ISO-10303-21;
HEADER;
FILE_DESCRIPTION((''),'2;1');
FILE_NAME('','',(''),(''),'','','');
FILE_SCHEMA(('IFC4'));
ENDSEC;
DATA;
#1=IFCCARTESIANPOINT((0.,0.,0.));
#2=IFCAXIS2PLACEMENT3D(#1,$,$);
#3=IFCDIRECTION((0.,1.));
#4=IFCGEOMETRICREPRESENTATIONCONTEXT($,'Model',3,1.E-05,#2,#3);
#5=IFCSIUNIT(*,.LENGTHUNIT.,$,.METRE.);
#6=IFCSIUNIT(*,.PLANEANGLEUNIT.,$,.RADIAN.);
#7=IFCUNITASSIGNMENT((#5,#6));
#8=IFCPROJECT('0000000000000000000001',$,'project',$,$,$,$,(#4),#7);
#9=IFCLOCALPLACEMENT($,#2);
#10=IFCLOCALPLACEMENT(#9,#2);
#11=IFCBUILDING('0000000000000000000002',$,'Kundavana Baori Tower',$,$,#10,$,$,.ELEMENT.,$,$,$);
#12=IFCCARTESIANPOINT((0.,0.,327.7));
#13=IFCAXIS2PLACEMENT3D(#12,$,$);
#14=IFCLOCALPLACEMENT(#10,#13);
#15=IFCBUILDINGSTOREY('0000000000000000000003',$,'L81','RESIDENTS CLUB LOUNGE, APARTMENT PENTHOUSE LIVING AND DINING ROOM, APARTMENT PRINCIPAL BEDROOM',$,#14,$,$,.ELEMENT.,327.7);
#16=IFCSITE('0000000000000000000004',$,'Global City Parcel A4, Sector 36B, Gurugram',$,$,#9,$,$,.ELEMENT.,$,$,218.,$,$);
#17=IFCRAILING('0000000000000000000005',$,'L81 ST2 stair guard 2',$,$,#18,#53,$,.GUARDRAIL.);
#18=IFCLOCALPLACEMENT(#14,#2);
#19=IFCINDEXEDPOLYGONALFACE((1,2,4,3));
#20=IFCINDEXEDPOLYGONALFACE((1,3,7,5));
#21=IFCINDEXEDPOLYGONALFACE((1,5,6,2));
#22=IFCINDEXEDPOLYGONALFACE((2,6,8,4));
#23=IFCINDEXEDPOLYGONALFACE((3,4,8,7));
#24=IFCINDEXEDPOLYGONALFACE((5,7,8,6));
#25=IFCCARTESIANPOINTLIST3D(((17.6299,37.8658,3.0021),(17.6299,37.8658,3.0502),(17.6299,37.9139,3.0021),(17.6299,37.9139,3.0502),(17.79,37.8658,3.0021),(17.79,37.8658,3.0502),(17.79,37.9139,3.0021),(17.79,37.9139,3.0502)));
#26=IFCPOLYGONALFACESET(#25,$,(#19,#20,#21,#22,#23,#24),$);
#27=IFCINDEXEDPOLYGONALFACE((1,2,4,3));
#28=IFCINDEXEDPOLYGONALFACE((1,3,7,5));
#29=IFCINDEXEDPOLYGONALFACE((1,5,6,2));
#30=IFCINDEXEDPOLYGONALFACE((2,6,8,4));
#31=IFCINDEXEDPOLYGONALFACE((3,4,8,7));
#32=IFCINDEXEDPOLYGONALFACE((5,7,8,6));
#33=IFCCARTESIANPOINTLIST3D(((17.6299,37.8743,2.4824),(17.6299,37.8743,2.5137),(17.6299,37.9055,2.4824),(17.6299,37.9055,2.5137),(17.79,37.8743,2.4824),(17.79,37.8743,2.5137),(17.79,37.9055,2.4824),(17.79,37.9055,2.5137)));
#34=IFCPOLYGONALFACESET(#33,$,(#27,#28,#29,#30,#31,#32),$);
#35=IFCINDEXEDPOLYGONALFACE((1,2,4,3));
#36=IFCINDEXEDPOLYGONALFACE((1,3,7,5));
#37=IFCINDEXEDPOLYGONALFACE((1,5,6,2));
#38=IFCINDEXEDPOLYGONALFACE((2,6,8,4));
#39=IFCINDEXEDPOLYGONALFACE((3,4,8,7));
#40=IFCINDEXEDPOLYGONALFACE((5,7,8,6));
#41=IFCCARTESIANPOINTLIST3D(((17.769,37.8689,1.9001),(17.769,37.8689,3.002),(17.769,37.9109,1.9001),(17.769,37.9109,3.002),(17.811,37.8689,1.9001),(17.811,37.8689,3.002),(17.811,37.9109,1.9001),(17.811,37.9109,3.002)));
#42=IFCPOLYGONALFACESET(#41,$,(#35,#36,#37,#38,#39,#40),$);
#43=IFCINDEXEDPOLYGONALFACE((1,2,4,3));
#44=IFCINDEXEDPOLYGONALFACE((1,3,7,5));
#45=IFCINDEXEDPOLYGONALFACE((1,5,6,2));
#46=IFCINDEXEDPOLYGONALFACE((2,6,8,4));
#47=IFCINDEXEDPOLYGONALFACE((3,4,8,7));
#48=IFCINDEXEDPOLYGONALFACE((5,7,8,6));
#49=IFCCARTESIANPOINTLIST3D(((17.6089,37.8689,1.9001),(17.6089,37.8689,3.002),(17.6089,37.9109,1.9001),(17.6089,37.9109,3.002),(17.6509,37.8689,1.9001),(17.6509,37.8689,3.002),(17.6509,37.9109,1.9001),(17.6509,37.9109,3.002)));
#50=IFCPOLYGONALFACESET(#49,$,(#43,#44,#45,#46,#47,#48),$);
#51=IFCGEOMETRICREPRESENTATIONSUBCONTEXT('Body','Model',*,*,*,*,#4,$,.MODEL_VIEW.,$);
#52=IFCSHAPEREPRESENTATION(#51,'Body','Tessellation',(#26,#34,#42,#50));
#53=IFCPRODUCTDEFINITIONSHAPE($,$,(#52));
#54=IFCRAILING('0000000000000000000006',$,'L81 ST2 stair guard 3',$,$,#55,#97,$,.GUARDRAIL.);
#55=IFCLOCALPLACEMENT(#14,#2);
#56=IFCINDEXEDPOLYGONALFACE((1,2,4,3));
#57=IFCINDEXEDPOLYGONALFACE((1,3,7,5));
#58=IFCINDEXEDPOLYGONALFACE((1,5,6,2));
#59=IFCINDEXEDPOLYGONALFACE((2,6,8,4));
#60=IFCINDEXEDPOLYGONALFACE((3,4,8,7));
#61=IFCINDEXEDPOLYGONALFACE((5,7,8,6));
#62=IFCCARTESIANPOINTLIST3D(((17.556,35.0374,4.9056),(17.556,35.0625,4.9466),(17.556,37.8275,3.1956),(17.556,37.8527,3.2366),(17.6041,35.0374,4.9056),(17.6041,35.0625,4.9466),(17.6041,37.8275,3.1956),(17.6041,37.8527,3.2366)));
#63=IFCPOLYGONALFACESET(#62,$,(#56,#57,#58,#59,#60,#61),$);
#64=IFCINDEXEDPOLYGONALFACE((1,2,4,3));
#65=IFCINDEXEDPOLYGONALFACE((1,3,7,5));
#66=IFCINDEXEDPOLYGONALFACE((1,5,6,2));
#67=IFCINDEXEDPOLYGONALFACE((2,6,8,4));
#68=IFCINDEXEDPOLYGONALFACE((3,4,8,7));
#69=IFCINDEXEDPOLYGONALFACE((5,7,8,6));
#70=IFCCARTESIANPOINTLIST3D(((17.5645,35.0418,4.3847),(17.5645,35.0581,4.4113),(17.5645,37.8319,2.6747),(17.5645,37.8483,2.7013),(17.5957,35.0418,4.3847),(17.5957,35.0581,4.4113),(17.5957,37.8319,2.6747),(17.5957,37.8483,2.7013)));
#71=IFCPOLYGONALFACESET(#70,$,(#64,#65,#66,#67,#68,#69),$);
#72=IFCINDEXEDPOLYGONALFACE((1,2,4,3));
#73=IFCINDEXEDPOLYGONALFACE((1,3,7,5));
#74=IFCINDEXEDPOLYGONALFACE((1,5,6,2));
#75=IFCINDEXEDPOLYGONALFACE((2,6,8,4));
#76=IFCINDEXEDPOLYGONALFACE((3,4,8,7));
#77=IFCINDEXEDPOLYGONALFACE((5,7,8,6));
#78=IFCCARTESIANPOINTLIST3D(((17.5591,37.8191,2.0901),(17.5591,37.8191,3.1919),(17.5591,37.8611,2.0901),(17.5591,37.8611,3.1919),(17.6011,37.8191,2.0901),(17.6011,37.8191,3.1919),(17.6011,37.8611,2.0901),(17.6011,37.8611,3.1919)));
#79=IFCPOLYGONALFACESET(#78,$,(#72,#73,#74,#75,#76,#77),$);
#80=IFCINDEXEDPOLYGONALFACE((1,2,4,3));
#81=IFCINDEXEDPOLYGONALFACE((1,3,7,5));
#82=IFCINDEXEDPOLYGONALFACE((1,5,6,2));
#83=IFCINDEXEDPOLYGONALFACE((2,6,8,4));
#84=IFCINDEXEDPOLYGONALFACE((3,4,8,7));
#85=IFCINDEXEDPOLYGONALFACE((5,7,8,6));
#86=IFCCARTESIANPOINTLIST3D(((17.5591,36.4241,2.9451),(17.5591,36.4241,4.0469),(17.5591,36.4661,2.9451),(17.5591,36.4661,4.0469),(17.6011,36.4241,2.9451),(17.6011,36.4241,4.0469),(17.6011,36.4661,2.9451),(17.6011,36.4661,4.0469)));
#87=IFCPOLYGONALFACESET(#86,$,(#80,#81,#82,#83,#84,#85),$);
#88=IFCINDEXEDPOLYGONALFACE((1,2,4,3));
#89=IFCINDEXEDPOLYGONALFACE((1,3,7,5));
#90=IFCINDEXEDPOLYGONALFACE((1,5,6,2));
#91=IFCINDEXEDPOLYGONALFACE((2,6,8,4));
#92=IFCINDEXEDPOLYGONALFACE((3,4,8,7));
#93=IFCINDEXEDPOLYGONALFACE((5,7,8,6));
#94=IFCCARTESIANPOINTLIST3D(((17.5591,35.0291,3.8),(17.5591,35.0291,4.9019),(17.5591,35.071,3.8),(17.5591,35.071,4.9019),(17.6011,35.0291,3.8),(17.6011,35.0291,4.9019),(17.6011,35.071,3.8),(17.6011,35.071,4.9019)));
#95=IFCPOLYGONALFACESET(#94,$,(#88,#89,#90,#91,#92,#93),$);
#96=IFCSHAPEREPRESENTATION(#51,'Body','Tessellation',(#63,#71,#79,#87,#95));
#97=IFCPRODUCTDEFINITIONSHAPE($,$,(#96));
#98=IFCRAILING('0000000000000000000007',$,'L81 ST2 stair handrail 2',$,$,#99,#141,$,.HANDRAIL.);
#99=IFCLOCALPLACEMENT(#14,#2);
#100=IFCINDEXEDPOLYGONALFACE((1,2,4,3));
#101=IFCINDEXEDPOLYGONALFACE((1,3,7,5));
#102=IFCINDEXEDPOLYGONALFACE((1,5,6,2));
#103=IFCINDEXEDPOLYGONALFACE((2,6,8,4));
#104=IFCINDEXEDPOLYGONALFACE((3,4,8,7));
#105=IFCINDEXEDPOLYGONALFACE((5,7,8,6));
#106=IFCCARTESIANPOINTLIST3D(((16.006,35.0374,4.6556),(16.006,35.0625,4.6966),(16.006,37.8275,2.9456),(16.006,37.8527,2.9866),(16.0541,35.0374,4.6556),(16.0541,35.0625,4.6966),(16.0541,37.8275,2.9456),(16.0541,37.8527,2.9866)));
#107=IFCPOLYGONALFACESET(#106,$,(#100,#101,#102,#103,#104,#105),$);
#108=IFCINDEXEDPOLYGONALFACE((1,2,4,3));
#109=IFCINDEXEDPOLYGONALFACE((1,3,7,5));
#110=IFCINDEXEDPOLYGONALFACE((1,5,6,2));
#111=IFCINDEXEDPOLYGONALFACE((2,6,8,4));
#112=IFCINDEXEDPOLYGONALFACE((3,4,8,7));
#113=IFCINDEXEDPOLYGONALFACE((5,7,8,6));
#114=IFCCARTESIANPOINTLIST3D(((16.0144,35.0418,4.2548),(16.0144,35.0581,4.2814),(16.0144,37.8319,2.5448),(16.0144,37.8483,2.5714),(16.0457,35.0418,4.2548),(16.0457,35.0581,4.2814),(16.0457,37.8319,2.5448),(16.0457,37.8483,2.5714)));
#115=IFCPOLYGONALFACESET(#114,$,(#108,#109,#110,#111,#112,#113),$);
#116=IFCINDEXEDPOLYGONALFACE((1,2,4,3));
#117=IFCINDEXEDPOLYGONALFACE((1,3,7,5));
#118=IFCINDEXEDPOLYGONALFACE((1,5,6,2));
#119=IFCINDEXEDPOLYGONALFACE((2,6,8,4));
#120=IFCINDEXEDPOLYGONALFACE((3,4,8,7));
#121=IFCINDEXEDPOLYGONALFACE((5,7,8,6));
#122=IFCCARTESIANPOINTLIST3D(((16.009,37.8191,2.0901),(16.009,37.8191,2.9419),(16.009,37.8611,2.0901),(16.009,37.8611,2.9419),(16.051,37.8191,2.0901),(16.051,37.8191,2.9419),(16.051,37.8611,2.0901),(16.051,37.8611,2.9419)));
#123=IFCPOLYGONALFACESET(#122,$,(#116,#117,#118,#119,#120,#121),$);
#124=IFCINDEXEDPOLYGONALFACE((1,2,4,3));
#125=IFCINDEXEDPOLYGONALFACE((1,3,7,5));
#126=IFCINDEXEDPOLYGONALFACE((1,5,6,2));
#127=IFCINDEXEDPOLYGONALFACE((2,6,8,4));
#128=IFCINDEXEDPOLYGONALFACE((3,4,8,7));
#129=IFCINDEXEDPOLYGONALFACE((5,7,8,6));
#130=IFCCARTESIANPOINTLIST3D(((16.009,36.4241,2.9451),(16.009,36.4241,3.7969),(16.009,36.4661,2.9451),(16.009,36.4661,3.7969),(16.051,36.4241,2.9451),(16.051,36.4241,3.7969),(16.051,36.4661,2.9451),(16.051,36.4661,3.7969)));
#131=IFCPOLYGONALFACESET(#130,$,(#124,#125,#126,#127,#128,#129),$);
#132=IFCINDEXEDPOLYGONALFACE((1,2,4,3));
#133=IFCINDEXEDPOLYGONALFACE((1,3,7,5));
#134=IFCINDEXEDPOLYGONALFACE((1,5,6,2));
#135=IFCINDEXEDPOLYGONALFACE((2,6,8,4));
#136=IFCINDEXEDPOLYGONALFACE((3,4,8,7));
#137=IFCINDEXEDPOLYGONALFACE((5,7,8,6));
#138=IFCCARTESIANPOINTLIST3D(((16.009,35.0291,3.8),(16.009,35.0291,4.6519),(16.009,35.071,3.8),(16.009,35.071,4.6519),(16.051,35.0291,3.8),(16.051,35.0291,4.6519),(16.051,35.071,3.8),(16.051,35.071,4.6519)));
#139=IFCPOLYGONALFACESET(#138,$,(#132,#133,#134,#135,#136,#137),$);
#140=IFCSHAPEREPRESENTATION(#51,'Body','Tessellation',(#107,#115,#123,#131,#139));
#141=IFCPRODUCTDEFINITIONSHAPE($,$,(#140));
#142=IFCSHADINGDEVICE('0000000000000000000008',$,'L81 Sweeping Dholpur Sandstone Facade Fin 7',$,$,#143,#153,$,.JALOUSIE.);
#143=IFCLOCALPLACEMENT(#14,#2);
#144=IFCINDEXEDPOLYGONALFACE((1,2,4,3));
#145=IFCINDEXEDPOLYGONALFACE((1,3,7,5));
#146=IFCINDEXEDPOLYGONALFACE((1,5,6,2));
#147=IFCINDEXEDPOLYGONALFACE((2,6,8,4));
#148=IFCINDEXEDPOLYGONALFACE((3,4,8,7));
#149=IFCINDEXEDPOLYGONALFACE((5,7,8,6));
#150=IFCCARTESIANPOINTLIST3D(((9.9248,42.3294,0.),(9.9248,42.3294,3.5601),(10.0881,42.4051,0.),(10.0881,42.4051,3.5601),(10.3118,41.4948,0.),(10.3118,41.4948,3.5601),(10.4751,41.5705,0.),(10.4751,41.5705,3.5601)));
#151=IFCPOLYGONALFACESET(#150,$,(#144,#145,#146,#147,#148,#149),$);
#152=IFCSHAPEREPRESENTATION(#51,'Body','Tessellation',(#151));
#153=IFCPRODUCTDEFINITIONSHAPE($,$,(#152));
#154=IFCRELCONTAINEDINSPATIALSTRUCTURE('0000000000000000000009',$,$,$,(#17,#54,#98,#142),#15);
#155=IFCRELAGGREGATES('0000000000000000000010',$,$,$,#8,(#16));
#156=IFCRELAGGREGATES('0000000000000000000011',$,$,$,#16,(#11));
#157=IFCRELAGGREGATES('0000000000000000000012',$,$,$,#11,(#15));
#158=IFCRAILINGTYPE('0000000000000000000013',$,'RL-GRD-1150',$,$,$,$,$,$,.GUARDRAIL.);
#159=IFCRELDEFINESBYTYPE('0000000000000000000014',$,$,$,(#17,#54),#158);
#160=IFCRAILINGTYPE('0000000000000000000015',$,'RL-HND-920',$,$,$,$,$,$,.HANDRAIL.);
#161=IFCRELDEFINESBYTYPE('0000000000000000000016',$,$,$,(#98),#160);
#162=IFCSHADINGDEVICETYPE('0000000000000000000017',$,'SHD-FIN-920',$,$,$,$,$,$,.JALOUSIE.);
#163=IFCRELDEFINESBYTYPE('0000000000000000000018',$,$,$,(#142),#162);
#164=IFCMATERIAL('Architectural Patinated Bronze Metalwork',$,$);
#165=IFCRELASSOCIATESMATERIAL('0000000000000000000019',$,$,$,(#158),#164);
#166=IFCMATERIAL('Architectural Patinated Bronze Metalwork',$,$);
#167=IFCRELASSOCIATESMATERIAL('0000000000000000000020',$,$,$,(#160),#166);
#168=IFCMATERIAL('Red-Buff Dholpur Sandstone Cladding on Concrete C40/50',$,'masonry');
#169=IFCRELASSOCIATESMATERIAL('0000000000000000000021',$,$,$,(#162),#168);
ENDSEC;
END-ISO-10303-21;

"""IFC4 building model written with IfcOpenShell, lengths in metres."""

from ifc_helpers import new_model, si_unit, direction, frame, origin, origin_2d, place, context, subcontext, project, spatial, rectangle, extrude, material, type_object, element, save


model = new_model("IFC4")

# Units and contexts
model_context = context("Model", 3, precision=1e-05, world=origin(), true_north=direction((0.0, 1.0)))
body_context = subcontext(model_context, "Body", "Model", "MODEL_VIEW")
ifc_project = project(units=[si_unit("LENGTHUNIT", "METRE"), si_unit("PLANEANGLEUNIT", "RADIAN")], contexts=[model_context])

# Site, building, storey
site_placement = place(None, origin())
site = spatial("IfcSite", under=ifc_project, at=site_placement, Name="Global City Parcel A4, Sector 36B, Gurugram", CompositionType="ELEMENT", RefElevation=218.0)
building_placement = place(site_placement, origin())
building = spatial("IfcBuilding", under=site, at=building_placement, Name="Kundavana Baori Tower", CompositionType="ELEMENT")
storey_placement = place(building_placement, frame((0.0, 0.0, 327.7)))
storey = spatial("IfcBuildingStorey", under=building, at=storey_placement, Name="L81", Description="RESIDENTS CLUB LOUNGE, APARTMENT PENTHOUSE LIVING AND DINING ROOM, APARTMENT PRINCIPAL BEDROOM", CompositionType="ELEMENT", Elevation=327.7)

# Railings
ifc_material_1 = material(Name="Architectural Patinated Bronze Metalwork")
railing_type_1 = type_object("IfcRailingType", Name="RL-GRD-1150", PredefinedType="GUARDRAIL", material=ifc_material_1)
railing_1_placement = place(storey_placement, frame((17.79, 37.8899, 1.9001)))
element("IfcRailing", 1, at=railing_1_placement, inside=storey, type_object=railing_type_1, Name="L81 ST2 stair guard 2", PredefinedType="GUARDRAIL", context=body_context, shape_type="SweptSolid", body=[
    extrude(rectangle(XDim=0.0481, YDim=0.0481, at=origin_2d()), frame((0.0, 0.0, 1.126), z_axis=(-1.0, 0.0, 0.0), x_axis=(0.0, -1.0, 0.0)), (0.0, 0.0, 1.0), 0.1602),
    extrude(rectangle(XDim=0.0312, YDim=0.0312, at=origin_2d()), frame((0.0, 0.0, 0.5979), z_axis=(-1.0, 0.0, 0.0), x_axis=(0.0, -1.0, 0.0)), (0.0, 0.0, 1.0), 0.1602),
    extrude(rectangle(XDim=0.042, YDim=0.042, at=origin_2d()), origin(), (0.0, 0.0, 1.0), 1.1018),
    extrude(rectangle(XDim=0.042, YDim=0.042, at=origin_2d()), frame((-0.1602, 0.0, 0.0)), (0.0, 0.0, 1.0), 1.1018),
])
railing_2_placement = place(storey_placement, frame((17.5801, 37.8401, 2.0901)))
element("IfcRailing", 2, at=railing_2_placement, inside=storey, type_object=railing_type_1, Name="L81 ST2 stair guard 3", PredefinedType="GUARDRAIL", context=body_context, shape_type="SweptSolid", body=[
    extrude(rectangle(XDim=0.0481, YDim=0.0481, at=origin_2d()), frame((0.0, 0.0, 1.126), z_axis=(0.0, -0.85261, 0.522548), x_axis=(1.0, 0.0, 0.0)), (0.0, 0.0, 1.0), 3.2725),
    extrude(rectangle(XDim=0.0312, YDim=0.0312, at=origin_2d()), frame((0.0, 0.0, 0.5979), z_axis=(0.0, -0.85261, 0.522548), x_axis=(1.0, 0.0, 0.0)), (0.0, 0.0, 1.0), 3.2725),
    extrude(rectangle(XDim=0.042, YDim=0.042, at=origin_2d()), origin(), (0.0, 0.0, 1.0), 1.1018),
    extrude(rectangle(XDim=0.042, YDim=0.042, at=origin_2d()), frame((0.0, -1.395, 0.855)), (0.0, 0.0, 1.0), 1.1018),
    extrude(rectangle(XDim=0.042, YDim=0.042, at=origin_2d()), frame((0.0, -2.79, 1.71)), (0.0, 0.0, 1.0), 1.1018),
])
ifc_material_2 = material(Name="Architectural Patinated Bronze Metalwork")
railing_type_2 = type_object("IfcRailingType", Name="RL-HND-920", PredefinedType="HANDRAIL", material=ifc_material_2)
railing_3_placement = place(storey_placement, frame((16.03, 37.8401, 2.0901)))
element("IfcRailing", 3, at=railing_3_placement, inside=storey, type_object=railing_type_2, Name="L81 ST2 stair handrail 2", PredefinedType="HANDRAIL", context=body_context, shape_type="SweptSolid", body=[
    extrude(rectangle(XDim=0.0481, YDim=0.0481, at=origin_2d()), frame((0.0, 0.0, 0.876), z_axis=(0.0, -0.85261, 0.522548), x_axis=(1.0, 0.0, 0.0)), (0.0, 0.0, 1.0), 3.2725),
    extrude(rectangle(XDim=0.0312, YDim=0.0312, at=origin_2d()), frame((0.0, 0.0, 0.468), z_axis=(0.0, -0.85261, 0.522548), x_axis=(1.0, 0.0, 0.0)), (0.0, 0.0, 1.0), 3.2725),
    extrude(rectangle(XDim=0.042, YDim=0.042, at=origin_2d()), origin(), (0.0, 0.0, 1.0), 0.8518),
    extrude(rectangle(XDim=0.042, YDim=0.042, at=origin_2d()), frame((0.0, -1.395, 0.855)), (0.0, 0.0, 1.0), 0.8518),
    extrude(rectangle(XDim=0.042, YDim=0.042, at=origin_2d()), frame((0.0, -2.79, 1.71)), (0.0, 0.0, 1.0), 0.8518),
])

# Shading device
ifc_material_3 = material(Name="Red-Buff Dholpur Sandstone Cladding on Concrete C40/50", Category="masonry")
shading_device_type = type_object("IfcShadingDeviceType", Name="SHD-FIN-920", PredefinedType="JALOUSIE", material=ifc_material_3)
shading_device_placement = place(storey_placement, frame((10.2, 41.95, 0.0), z_axis=(0.0, 0.0, 1.0), x_axis=(0.907191, 0.420719, 0.0)))
element("IfcShadingDevice", 4, at=shading_device_placement, inside=storey, type_object=shading_device_type, Name="L81 Sweeping Dholpur Sandstone Facade Fin 7", PredefinedType="JALOUSIE", context=body_context, shape_type="SweptSolid", body=[
    extrude(rectangle(XDim=0.1799, YDim=0.9199, at=origin_2d()), origin(), (0.0, 0.0, 1.0), 3.5601),
])

save(model, "model.ifc")
